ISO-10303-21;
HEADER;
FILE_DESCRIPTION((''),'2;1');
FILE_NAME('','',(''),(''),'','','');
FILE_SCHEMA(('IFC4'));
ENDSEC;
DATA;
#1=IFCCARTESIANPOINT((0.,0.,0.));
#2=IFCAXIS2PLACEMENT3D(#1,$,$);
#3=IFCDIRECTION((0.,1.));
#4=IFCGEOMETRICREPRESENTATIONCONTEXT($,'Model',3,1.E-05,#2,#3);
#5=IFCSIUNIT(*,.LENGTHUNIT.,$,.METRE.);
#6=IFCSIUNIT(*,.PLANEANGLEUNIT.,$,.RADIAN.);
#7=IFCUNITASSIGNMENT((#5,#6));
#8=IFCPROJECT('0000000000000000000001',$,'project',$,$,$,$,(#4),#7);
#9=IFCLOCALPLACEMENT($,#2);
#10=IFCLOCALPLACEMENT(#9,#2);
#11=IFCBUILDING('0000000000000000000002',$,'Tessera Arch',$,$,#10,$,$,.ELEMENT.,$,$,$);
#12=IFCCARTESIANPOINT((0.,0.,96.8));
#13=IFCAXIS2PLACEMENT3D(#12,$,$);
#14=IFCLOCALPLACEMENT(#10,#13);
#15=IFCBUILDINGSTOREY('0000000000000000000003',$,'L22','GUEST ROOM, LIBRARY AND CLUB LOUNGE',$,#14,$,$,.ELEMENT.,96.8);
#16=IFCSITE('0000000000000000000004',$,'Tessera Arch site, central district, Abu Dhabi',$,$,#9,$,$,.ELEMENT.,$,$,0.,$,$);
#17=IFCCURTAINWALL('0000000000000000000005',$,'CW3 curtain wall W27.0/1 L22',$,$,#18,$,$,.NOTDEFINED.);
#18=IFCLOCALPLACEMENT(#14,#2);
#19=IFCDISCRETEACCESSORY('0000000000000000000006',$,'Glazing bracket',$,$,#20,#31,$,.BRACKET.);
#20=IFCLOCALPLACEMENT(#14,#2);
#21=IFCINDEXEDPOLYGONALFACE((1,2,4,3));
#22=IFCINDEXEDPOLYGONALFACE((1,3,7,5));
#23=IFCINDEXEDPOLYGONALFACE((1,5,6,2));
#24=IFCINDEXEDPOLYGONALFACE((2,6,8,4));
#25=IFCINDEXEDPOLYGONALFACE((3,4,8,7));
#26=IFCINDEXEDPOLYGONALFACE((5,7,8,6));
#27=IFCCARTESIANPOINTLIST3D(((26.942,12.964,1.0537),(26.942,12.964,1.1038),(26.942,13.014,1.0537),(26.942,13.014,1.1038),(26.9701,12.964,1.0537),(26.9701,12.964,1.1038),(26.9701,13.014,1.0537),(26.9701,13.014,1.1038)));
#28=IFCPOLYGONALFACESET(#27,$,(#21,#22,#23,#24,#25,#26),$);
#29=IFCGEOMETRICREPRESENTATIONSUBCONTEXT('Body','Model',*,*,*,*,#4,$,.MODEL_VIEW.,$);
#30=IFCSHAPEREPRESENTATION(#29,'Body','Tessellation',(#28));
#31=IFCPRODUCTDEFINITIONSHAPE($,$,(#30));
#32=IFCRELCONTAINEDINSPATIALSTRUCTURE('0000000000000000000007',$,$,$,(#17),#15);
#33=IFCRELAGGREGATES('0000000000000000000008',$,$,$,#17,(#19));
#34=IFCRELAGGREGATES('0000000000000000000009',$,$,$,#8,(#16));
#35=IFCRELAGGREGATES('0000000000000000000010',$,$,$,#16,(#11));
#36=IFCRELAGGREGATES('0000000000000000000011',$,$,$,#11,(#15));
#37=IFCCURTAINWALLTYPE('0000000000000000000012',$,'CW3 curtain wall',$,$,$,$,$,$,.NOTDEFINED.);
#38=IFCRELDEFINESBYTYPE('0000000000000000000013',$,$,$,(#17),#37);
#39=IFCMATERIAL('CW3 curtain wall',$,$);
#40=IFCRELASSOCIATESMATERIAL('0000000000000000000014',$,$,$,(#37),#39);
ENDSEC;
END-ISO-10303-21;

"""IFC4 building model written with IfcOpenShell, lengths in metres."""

from ifc_helpers import new_model, si_unit, direction, frame, origin, origin_2d, place, context, subcontext, project, spatial, rectangle, extrude, material, type_object, element, aggregate, save


model = new_model("IFC4")

# Units and contexts
model_context = context("Model", 3, precision=1e-05, world=origin(), true_north=direction((0.0, 1.0)))
body_context = subcontext(model_context, "Body", "Model", "MODEL_VIEW")
ifc_project = project(units=[si_unit("LENGTHUNIT", "METRE"), si_unit("PLANEANGLEUNIT", "RADIAN")], contexts=[model_context])

# Site, building, storey
site_placement = place(None, origin())
site = spatial("IfcSite", under=ifc_project, at=site_placement, Name="Tessera Arch site, central district, Abu Dhabi", CompositionType="ELEMENT", RefElevation=0.0)
building_placement = place(site_placement, origin())
building = spatial("IfcBuilding", under=site, at=building_placement, Name="Tessera Arch", CompositionType="ELEMENT")
storey_placement = place(building_placement, frame((0.0, 0.0, 96.8)))
storey = spatial("IfcBuildingStorey", under=building, at=storey_placement, Name="L22", Description="GUEST ROOM, LIBRARY AND CLUB LOUNGE", CompositionType="ELEMENT", Elevation=96.8)

# Curtain wall
ifc_material_1 = material(Name="CW3 curtain wall")
curtain_wall_type_1 = type_object("IfcCurtainWallType", Name="CW3 curtain wall", PredefinedType="NOTDEFINED", material=ifc_material_1)
curtain_wall_1_placement = place(storey_placement, origin())
curtain_wall_1 = element("IfcCurtainWall", 1, at=curtain_wall_1_placement, inside=storey, type_object=curtain_wall_type_1, Name="CW3 curtain wall W27.0/1 L22", PredefinedType="NOTDEFINED")

# Discrete accessory
discrete_accessory_placement = place(storey_placement, frame((26.9561, 12.989, 1.0537), z_axis=(0.0, 0.0, 1.0), x_axis=(0.0, -1.0, 0.0)))
discrete_accessory = element("IfcDiscreteAccessory", 2, at=discrete_accessory_placement, Name="Glazing bracket", PredefinedType="BRACKET", context=body_context, shape_type="SweptSolid", body=[
    extrude(rectangle(XDim=0.05, YDim=0.0281, at=origin_2d()), origin(), (0.0, 0.0, 1.0), 0.05),
])
aggregate(curtain_wall_1, [discrete_accessory])

save(model, "model.ifc")
